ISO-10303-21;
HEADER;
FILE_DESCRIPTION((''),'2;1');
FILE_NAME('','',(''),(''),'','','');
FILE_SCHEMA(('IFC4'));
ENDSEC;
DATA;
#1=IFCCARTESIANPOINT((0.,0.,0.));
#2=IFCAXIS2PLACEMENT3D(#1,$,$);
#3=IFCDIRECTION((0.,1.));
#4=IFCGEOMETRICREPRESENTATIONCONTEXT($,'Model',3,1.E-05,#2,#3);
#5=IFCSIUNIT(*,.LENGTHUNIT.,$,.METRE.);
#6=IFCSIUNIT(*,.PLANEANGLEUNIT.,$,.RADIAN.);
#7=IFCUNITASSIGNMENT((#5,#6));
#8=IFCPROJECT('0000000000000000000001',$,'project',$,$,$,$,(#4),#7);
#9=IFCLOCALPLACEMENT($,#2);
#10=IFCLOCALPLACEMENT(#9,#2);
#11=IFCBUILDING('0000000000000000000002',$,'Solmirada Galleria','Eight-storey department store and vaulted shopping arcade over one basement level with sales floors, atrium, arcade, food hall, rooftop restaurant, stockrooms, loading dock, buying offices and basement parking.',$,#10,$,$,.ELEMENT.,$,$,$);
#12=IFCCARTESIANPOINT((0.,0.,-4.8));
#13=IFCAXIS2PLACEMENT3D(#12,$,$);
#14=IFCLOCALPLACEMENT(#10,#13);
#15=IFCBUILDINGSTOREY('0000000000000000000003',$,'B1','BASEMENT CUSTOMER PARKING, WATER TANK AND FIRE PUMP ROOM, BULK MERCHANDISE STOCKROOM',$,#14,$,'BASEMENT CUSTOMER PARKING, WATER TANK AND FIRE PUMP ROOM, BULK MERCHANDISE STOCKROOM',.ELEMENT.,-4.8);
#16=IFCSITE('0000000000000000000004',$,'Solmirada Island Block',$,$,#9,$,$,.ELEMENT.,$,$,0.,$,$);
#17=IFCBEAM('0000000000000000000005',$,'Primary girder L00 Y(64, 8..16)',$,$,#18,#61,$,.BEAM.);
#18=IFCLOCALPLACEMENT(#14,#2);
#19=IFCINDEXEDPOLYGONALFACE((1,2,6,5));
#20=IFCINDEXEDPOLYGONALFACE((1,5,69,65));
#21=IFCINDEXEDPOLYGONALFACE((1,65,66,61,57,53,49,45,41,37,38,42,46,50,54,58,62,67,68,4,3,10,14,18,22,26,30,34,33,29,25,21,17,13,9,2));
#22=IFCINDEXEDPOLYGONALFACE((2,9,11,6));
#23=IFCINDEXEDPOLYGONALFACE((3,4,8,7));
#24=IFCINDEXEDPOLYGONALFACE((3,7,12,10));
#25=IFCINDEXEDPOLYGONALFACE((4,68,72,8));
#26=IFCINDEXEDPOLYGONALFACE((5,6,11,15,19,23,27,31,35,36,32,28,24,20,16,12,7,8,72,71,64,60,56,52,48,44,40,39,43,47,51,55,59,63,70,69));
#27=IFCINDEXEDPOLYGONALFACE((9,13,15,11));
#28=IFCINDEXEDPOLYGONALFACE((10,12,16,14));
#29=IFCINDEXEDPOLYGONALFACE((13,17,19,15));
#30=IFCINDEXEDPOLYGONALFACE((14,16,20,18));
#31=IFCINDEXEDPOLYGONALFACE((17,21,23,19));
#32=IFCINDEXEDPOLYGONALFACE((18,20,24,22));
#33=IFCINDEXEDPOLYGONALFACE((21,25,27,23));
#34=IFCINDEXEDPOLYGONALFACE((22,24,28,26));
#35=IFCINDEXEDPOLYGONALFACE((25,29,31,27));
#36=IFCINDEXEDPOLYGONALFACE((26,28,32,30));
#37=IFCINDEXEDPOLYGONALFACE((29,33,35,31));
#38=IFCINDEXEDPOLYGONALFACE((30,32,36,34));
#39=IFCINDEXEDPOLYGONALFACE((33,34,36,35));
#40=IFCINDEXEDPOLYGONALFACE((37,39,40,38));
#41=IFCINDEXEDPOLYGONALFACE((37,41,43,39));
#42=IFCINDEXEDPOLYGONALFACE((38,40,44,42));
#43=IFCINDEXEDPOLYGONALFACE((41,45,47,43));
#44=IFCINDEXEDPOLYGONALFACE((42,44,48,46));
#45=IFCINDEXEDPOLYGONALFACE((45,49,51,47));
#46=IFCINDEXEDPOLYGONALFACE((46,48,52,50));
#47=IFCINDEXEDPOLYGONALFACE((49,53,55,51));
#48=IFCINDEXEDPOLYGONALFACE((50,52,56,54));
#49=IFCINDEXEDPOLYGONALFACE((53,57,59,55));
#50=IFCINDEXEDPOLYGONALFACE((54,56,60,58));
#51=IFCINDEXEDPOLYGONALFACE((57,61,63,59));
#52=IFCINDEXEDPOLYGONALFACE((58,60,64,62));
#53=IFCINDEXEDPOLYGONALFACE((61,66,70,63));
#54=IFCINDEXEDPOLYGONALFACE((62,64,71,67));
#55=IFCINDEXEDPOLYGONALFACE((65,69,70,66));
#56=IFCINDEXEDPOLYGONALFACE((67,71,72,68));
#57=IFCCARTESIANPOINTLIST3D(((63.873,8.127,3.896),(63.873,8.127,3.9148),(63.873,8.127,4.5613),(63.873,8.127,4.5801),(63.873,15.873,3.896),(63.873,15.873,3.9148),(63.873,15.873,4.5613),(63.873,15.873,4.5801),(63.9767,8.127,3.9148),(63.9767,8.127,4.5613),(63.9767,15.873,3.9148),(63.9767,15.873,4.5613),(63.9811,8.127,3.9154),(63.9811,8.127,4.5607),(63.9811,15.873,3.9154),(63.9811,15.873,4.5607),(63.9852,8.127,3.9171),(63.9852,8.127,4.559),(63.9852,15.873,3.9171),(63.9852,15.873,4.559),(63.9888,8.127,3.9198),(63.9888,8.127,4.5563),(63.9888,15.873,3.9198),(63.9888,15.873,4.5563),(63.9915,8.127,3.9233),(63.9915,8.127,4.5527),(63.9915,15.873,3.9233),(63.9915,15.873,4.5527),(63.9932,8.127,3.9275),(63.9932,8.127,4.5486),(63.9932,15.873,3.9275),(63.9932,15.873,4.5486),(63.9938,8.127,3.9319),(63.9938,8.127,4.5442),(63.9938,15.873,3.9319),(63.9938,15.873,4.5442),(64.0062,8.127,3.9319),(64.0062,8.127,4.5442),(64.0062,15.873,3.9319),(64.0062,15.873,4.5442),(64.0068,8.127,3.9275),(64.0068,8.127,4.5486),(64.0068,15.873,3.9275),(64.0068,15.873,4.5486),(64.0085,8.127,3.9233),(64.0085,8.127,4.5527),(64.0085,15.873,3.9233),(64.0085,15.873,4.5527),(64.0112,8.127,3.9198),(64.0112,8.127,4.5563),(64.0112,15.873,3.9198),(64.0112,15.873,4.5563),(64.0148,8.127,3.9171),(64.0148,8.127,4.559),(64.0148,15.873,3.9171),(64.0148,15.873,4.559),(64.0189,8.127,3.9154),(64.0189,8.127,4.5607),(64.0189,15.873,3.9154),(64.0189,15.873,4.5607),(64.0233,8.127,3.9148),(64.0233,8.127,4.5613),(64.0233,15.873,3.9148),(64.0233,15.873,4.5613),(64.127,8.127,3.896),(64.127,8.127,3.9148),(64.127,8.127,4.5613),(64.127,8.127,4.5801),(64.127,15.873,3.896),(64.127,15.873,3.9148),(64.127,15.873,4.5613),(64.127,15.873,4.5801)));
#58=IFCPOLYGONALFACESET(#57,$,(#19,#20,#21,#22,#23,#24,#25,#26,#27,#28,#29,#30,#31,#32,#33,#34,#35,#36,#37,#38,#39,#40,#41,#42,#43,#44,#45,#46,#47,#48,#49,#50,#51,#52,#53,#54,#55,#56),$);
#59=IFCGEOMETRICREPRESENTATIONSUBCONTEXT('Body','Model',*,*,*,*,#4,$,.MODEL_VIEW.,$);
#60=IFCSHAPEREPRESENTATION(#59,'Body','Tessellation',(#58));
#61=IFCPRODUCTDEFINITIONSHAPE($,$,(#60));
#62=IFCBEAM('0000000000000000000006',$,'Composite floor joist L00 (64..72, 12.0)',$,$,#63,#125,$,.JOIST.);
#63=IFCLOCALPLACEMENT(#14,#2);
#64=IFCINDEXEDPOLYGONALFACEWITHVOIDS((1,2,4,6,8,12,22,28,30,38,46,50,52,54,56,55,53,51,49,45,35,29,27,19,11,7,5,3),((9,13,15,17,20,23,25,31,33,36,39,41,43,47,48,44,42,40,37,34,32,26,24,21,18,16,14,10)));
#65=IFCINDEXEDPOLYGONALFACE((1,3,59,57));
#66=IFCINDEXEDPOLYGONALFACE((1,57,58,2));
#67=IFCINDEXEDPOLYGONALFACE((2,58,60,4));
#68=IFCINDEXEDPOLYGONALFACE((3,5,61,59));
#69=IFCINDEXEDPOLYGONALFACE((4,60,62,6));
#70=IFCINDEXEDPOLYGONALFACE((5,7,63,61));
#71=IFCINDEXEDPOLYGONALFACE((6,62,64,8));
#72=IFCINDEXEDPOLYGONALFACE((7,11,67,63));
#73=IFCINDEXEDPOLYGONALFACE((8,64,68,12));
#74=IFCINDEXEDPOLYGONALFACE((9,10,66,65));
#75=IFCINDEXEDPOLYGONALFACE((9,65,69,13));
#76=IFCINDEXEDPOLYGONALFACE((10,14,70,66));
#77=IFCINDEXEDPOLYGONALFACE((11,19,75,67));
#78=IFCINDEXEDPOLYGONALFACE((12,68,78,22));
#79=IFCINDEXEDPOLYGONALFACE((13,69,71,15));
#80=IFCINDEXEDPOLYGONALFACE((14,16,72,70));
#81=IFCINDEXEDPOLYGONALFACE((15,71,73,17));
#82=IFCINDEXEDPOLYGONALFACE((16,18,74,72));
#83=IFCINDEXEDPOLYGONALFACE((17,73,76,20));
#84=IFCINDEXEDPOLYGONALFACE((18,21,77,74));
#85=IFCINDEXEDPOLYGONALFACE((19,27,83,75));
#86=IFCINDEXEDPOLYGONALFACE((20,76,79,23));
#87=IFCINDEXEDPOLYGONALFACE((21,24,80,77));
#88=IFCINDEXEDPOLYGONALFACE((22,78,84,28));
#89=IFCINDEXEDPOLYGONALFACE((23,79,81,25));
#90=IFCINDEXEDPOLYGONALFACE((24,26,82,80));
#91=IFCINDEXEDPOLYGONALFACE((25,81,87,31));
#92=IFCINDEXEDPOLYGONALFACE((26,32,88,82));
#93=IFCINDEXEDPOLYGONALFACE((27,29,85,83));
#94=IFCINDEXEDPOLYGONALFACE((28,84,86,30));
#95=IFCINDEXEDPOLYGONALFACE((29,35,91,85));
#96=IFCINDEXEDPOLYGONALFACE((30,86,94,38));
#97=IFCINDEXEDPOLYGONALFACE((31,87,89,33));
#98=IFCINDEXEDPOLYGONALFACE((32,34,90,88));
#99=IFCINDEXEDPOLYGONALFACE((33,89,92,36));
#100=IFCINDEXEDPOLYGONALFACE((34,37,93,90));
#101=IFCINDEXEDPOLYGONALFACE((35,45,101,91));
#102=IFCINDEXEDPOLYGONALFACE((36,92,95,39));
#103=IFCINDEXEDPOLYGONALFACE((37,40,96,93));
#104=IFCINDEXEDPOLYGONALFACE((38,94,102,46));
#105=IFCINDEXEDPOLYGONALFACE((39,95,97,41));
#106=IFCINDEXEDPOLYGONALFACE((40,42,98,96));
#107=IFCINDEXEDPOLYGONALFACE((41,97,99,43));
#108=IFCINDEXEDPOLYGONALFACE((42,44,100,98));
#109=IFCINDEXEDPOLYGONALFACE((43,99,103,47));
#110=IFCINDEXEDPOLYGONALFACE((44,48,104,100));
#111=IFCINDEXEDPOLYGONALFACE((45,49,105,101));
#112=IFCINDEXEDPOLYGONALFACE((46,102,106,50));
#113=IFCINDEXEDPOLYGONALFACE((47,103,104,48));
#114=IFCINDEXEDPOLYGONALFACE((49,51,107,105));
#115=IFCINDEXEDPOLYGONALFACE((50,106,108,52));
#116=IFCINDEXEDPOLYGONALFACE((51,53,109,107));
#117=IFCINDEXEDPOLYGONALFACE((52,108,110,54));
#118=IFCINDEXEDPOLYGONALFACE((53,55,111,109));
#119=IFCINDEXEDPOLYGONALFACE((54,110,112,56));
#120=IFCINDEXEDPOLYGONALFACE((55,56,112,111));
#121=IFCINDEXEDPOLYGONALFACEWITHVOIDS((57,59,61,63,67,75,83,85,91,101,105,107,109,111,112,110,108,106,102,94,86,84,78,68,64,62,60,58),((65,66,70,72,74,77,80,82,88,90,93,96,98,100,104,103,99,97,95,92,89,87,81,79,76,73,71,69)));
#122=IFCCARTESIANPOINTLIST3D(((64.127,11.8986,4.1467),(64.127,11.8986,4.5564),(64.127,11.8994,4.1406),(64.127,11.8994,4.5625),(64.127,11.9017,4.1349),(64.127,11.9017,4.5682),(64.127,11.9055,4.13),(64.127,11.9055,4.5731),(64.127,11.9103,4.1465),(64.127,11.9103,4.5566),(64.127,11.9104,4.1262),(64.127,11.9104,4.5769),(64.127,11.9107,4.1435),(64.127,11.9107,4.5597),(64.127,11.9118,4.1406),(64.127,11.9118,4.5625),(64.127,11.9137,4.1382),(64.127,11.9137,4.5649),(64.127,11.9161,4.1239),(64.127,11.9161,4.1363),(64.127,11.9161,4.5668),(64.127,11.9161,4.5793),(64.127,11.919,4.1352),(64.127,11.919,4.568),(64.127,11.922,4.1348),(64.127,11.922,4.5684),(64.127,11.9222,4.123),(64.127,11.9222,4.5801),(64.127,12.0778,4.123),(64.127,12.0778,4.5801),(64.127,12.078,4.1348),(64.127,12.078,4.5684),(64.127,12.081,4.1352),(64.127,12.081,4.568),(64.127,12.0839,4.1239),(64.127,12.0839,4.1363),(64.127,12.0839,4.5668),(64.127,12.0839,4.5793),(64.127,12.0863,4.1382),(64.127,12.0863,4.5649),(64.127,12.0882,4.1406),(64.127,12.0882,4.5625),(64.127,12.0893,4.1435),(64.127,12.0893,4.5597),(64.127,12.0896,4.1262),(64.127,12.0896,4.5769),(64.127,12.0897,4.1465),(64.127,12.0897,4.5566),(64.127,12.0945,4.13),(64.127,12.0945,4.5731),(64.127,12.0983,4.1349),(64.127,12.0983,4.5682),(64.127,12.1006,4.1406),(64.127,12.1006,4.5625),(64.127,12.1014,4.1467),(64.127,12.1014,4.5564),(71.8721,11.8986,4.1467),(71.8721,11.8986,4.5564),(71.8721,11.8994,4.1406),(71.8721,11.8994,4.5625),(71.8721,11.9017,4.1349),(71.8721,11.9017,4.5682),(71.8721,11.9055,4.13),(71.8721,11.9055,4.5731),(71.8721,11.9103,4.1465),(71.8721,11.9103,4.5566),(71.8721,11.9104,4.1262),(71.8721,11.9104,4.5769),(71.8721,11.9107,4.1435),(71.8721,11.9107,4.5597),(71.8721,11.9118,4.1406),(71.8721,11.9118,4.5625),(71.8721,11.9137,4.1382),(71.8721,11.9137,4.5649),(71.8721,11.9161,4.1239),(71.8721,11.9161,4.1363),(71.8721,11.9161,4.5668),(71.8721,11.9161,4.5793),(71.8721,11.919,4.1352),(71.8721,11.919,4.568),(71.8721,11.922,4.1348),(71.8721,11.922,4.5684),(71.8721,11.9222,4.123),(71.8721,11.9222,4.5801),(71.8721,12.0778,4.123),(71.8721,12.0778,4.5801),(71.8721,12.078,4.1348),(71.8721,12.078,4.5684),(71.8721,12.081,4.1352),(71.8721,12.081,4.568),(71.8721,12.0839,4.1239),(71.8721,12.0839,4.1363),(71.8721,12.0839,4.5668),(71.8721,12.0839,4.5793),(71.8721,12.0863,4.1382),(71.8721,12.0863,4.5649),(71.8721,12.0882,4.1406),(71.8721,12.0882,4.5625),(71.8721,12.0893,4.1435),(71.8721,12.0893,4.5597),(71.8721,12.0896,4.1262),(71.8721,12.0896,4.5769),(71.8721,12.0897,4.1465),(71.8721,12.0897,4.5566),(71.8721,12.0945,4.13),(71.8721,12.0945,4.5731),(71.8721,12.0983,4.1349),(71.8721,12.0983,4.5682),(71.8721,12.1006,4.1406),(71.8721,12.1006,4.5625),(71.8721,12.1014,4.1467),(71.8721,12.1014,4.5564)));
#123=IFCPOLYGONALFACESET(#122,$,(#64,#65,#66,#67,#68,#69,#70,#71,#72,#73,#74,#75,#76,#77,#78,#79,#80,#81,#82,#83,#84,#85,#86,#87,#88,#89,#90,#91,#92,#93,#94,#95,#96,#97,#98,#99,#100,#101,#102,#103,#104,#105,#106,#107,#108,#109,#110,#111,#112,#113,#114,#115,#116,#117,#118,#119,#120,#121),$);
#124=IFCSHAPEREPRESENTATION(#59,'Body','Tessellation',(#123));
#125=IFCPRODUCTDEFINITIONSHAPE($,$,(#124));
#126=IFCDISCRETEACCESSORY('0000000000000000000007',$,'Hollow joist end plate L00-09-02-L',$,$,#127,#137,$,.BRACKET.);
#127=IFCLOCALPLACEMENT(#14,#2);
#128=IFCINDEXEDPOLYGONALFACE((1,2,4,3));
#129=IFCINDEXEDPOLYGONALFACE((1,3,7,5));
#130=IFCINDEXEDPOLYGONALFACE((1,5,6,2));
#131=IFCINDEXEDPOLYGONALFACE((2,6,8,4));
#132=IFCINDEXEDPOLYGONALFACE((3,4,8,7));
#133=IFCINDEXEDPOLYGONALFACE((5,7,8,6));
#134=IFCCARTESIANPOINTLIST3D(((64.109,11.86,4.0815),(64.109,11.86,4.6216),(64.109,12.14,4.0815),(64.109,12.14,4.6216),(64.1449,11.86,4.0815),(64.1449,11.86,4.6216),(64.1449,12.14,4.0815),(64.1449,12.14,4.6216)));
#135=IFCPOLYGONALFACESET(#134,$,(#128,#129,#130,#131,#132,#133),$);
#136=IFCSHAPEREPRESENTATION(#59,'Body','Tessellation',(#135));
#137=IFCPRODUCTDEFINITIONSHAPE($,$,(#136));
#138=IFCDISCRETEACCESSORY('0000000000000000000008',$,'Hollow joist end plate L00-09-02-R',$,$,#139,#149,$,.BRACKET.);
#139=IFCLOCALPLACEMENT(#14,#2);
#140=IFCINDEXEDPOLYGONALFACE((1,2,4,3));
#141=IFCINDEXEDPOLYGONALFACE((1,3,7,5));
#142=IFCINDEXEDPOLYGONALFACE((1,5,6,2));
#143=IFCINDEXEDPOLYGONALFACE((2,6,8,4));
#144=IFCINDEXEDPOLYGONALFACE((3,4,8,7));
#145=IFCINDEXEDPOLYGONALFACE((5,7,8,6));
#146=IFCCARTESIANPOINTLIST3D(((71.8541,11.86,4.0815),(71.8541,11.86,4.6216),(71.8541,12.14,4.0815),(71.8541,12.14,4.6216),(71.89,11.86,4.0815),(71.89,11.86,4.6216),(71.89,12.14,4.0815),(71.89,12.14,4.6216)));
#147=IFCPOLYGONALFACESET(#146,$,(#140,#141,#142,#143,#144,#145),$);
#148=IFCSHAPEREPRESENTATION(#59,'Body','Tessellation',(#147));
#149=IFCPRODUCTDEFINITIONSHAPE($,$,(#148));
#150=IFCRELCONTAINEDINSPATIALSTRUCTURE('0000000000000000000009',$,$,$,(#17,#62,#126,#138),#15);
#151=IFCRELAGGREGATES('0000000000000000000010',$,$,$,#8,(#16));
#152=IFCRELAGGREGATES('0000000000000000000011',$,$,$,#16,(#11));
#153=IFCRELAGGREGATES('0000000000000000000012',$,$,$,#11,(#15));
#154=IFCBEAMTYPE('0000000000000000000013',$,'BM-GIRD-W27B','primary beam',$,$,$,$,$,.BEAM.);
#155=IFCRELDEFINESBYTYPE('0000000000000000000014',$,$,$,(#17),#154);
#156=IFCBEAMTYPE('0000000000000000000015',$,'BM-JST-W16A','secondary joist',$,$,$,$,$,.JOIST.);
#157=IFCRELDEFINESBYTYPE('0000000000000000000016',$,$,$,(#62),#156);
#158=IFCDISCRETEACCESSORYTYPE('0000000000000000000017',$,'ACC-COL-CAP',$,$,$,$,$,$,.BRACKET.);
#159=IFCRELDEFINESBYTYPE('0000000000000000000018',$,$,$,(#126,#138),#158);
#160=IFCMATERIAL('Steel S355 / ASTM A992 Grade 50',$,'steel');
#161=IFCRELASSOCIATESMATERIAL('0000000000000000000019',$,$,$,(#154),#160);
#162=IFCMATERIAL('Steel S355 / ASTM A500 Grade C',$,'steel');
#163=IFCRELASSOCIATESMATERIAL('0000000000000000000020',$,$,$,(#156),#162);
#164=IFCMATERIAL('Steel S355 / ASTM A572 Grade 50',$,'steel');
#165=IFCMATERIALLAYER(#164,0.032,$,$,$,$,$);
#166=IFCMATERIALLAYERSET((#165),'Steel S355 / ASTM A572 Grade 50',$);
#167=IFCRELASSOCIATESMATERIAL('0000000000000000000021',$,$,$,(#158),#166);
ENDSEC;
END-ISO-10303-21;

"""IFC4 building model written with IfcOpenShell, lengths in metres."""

from ifc_helpers import new_model, si_unit, direction, frame, origin, origin_2d, place, context, subcontext, project, spatial, rectangle, hollow_rectangle, i_section, extrude, material, layer, layer_set, material_profile, profile_set, type_object, element, save


model = new_model("IFC4")

# Units and contexts
model_context = context("Model", 3, precision=1e-05, world=origin(), true_north=direction((0.0, 1.0)))
body_context = subcontext(model_context, "Body", "Model", "MODEL_VIEW")
ifc_project = project(units=[si_unit("LENGTHUNIT", "METRE"), si_unit("PLANEANGLEUNIT", "RADIAN")], contexts=[model_context])

# Site, building, storey
site_placement = place(None, origin())
site = spatial("IfcSite", under=ifc_project, at=site_placement, Name="Solmirada Island Block", CompositionType="ELEMENT", RefElevation=0.0)
building_placement = place(site_placement, origin())
building = spatial("IfcBuilding", under=site, at=building_placement, Name="Solmirada Galleria", Description="Eight-storey department store and vaulted shopping arcade over one basement level with sales floors, atrium, arcade, food hall, rooftop restaurant, stockrooms, loading dock, buying offices and basement parking.", CompositionType="ELEMENT")
storey_placement = place(building_placement, frame((0.0, 0.0, -4.8)))
storey = spatial("IfcBuildingStorey", under=building, at=storey_placement, Name="B1", Description="BASEMENT CUSTOMER PARKING, WATER TANK AND FIRE PUMP ROOM, BULK MERCHANDISE STOCKROOM", LongName="BASEMENT CUSTOMER PARKING, WATER TANK AND FIRE PUMP ROOM, BULK MERCHANDISE STOCKROOM", CompositionType="ELEMENT", Elevation=-4.8)

# Shared definitions
ifc_material_1 = material(Name="Steel S355 / ASTM A500 Grade C", Category="steel")

# Beams
ifc_material_2 = material(Name="Steel S355 / ASTM A992 Grade 50", Category="steel")
ifc_material_profile_1 = material_profile(ifc_material_2, i_section(OverallWidth=0.2539, OverallDepth=0.6841, WebThickness=0.0125, FlangeThickness=0.0188, FilletRadius=0.0171, at=origin_2d()), Name="W27X94")
ifc_profile_set_1 = profile_set([ifc_material_profile_1], Name="Steel S355 / ASTM A992 Grade 50")
beam_type_1 = type_object("IfcBeamType", Name="BM-GIRD-W27B", Description="primary beam", PredefinedType="BEAM", material=ifc_profile_set_1)
beam_1_placement = place(storey_placement, frame((64.0, 8.127, 4.238), z_axis=(0.0, 1.0, 0.0), x_axis=(-1.0, 0.0, 0.0)))
element("IfcBeam", 1, at=beam_1_placement, inside=storey, type_object=beam_type_1, Name="Primary girder L00 Y(64, 8..16)", PredefinedType="BEAM", context=body_context, shape_type="SweptSolid", body=[
    extrude(i_section(OverallWidth=0.2539, OverallDepth=0.6841, WebThickness=0.0125, FlangeThickness=0.0188, FilletRadius=0.0171, at=origin_2d()), origin(), (0.0, 0.0, 1.0), 7.7461),
])
ifc_material_profile_2 = material_profile(ifc_material_1, hollow_rectangle(XDim=0.2029, YDim=0.457, WallThickness=0.0117, InnerFilletRadius=0.0117, OuterFilletRadius=0.0237, at=origin_2d()), Name="HSS18X8X1/2")
ifc_profile_set_2 = profile_set([ifc_material_profile_2], Name="Steel S355 / ASTM A500 Grade C")
beam_type_2 = type_object("IfcBeamType", Name="BM-JST-W16A", Description="secondary joist", PredefinedType="JOIST", material=ifc_profile_set_2)
beam_2_placement = place(storey_placement, frame((64.127, 12.0, 4.3516), z_axis=(1.0, 0.0, 0.0), x_axis=(0.0, 1.0, 0.0)))
element("IfcBeam", 2, at=beam_2_placement, inside=storey, type_object=beam_type_2, Name="Composite floor joist L00 (64..72, 12.0)", PredefinedType="JOIST", context=body_context, shape_type="SweptSolid", body=[
    extrude(hollow_rectangle(XDim=0.2029, YDim=0.457, WallThickness=0.0117, InnerFilletRadius=0.0117, OuterFilletRadius=0.0237, at=origin_2d()), origin(), (0.0, 0.0, 1.0), 7.7451),
])

# Discrete accessories
ifc_material_3 = material(Name="Steel S355 / ASTM A572 Grade 50", Category="steel")
ifc_layer = layer(ifc_material_3, 0.032)
ifc_layer_set = layer_set([ifc_layer], Name="Steel S355 / ASTM A572 Grade 50")
discrete_accessory_type = type_object("IfcDiscreteAccessoryType", Name="ACC-COL-CAP", PredefinedType="BRACKET", material=ifc_layer_set)
for number, where, z_axis, x_axis, name in (
    (3, (64.127, 12.0, 4.0815), (0.0, 0.0, 1.0), (1.0, 0.0, 0.0), "Hollow joist end plate L00-09-02-L"),
    (4, (71.8721, 12.0, 4.0815), (0.0, 0.0, 1.0), (1.0, 0.0, 0.0), "Hollow joist end plate L00-09-02-R"),
):
    element("IfcDiscreteAccessory", number, at=place(storey_placement, frame(where, z_axis=z_axis, x_axis=x_axis)), inside=storey, type_object=discrete_accessory_type, Name=name, PredefinedType="BRACKET", context=body_context, shape_type="SweptSolid", body=[
        extrude(rectangle(XDim=0.0359, YDim=0.28, at=origin_2d()), origin(), (0.0, 0.0, 1.0), 0.54),
    ])

save(model, "model.ifc")
